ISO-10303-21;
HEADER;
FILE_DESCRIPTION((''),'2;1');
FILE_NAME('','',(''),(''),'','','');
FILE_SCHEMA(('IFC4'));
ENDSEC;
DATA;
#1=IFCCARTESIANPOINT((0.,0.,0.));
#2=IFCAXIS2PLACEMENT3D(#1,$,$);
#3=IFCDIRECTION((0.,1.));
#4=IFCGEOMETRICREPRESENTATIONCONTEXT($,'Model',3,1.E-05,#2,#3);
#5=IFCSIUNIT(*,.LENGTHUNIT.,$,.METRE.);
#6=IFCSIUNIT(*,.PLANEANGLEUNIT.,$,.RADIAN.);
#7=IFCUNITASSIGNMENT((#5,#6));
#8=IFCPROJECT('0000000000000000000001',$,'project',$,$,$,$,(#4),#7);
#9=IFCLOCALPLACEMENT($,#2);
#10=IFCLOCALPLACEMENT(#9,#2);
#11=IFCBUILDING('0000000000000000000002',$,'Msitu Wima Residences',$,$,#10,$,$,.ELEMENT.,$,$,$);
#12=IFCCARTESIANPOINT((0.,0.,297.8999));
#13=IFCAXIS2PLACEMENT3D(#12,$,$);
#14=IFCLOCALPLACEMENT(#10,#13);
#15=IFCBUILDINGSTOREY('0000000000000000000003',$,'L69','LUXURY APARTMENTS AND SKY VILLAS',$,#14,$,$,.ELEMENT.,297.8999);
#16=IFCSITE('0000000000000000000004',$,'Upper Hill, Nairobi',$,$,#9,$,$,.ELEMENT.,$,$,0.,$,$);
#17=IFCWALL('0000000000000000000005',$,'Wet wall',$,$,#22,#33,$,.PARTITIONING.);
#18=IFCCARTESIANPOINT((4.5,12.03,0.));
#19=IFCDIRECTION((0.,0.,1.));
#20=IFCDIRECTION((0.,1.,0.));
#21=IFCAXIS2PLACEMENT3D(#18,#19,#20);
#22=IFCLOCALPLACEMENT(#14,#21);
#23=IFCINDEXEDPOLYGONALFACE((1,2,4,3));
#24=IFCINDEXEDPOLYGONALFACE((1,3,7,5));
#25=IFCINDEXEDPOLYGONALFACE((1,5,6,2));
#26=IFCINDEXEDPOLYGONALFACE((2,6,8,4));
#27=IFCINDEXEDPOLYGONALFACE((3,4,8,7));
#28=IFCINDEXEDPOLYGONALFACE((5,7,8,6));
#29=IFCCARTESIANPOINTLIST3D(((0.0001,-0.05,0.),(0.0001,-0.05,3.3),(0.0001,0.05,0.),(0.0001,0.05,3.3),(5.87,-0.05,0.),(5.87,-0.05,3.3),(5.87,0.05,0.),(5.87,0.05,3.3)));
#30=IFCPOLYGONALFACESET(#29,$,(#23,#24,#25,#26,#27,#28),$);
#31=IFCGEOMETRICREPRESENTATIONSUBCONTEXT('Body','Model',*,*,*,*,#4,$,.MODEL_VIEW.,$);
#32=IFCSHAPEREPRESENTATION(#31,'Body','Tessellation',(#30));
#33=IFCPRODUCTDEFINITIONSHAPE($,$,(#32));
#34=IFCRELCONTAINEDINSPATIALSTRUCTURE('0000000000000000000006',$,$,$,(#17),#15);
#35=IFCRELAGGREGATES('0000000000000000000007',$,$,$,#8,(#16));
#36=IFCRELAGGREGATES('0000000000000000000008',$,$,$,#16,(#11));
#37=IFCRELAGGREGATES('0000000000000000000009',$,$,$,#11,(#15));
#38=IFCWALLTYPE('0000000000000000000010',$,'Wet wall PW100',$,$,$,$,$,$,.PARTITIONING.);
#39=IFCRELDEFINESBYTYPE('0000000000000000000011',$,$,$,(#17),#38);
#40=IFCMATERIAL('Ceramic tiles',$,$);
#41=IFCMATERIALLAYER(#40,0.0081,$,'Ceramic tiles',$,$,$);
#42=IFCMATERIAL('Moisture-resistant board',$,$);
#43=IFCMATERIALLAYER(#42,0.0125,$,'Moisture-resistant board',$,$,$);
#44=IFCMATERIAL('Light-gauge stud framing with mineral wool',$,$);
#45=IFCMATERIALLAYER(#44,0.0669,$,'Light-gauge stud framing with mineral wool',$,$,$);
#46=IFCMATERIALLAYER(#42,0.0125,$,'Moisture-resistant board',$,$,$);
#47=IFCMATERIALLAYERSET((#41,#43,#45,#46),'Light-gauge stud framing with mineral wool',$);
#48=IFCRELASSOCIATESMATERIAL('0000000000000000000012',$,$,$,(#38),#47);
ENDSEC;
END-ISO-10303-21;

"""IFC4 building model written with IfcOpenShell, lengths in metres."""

from ifc_helpers import new_model, si_unit, direction, frame, frame_2d, origin, place, context, subcontext, project, spatial, rectangle, extrude, material, layer, layer_set, type_object, element, save


model = new_model("IFC4")

# Units and contexts
model_context = context("Model", 3, precision=1e-05, world=origin(), true_north=direction((0.0, 1.0)))
body_context = subcontext(model_context, "Body", "Model", "MODEL_VIEW")
ifc_project = project(units=[si_unit("LENGTHUNIT", "METRE"), si_unit("PLANEANGLEUNIT", "RADIAN")], contexts=[model_context])

# Site, building, storey
site_placement = place(None, origin())
site = spatial("IfcSite", under=ifc_project, at=site_placement, Name="Upper Hill, Nairobi", CompositionType="ELEMENT", RefElevation=0.0)
building_placement = place(site_placement, origin())
building = spatial("IfcBuilding", under=site, at=building_placement, Name="Msitu Wima Residences", CompositionType="ELEMENT")
storey_placement = place(building_placement, frame((0.0, 0.0, 297.8999)))
storey = spatial("IfcBuildingStorey", under=building, at=storey_placement, Name="L69", Description="LUXURY APARTMENTS AND SKY VILLAS", CompositionType="ELEMENT", Elevation=297.8999)

# Wall
ifc_material_1 = material(Name="Light-gauge stud framing with mineral wool")
ifc_material_2 = material(Name="Ceramic tiles")
ifc_layer_1 = layer(ifc_material_2, 0.0081, Name="Ceramic tiles")
ifc_material_3 = material(Name="Moisture-resistant board")
ifc_layer_2 = layer(ifc_material_3, 0.0125, Name="Moisture-resistant board")
ifc_layer_3 = layer(ifc_material_1, 0.0669, Name="Light-gauge stud framing with mineral wool")
ifc_layer_4 = layer(ifc_material_3, 0.0125, Name="Moisture-resistant board")
ifc_layer_set_1 = layer_set([ifc_layer_1, ifc_layer_2, ifc_layer_3, ifc_layer_4], Name="Light-gauge stud framing with mineral wool")
wall_type_1 = type_object("IfcWallType", Name="Wet wall PW100", PredefinedType="PARTITIONING", material=ifc_layer_set_1)
wall_1_placement = place(storey_placement, frame((4.5, 12.03, 0.0), z_axis=(0.0, 0.0, 1.0), x_axis=(0.0, 1.0, 0.0)))
element("IfcWall", 1, at=wall_1_placement, inside=storey, type_object=wall_type_1, Name="Wet wall", PredefinedType="PARTITIONING", context=body_context, shape_type="SweptSolid", body=[
    extrude(rectangle(XDim=5.8699, YDim=0.1001, at=frame_2d((2.9351, 0.0))), origin(), (0.0, 0.0, 1.0), 3.3),
])

save(model, "model.ifc")
